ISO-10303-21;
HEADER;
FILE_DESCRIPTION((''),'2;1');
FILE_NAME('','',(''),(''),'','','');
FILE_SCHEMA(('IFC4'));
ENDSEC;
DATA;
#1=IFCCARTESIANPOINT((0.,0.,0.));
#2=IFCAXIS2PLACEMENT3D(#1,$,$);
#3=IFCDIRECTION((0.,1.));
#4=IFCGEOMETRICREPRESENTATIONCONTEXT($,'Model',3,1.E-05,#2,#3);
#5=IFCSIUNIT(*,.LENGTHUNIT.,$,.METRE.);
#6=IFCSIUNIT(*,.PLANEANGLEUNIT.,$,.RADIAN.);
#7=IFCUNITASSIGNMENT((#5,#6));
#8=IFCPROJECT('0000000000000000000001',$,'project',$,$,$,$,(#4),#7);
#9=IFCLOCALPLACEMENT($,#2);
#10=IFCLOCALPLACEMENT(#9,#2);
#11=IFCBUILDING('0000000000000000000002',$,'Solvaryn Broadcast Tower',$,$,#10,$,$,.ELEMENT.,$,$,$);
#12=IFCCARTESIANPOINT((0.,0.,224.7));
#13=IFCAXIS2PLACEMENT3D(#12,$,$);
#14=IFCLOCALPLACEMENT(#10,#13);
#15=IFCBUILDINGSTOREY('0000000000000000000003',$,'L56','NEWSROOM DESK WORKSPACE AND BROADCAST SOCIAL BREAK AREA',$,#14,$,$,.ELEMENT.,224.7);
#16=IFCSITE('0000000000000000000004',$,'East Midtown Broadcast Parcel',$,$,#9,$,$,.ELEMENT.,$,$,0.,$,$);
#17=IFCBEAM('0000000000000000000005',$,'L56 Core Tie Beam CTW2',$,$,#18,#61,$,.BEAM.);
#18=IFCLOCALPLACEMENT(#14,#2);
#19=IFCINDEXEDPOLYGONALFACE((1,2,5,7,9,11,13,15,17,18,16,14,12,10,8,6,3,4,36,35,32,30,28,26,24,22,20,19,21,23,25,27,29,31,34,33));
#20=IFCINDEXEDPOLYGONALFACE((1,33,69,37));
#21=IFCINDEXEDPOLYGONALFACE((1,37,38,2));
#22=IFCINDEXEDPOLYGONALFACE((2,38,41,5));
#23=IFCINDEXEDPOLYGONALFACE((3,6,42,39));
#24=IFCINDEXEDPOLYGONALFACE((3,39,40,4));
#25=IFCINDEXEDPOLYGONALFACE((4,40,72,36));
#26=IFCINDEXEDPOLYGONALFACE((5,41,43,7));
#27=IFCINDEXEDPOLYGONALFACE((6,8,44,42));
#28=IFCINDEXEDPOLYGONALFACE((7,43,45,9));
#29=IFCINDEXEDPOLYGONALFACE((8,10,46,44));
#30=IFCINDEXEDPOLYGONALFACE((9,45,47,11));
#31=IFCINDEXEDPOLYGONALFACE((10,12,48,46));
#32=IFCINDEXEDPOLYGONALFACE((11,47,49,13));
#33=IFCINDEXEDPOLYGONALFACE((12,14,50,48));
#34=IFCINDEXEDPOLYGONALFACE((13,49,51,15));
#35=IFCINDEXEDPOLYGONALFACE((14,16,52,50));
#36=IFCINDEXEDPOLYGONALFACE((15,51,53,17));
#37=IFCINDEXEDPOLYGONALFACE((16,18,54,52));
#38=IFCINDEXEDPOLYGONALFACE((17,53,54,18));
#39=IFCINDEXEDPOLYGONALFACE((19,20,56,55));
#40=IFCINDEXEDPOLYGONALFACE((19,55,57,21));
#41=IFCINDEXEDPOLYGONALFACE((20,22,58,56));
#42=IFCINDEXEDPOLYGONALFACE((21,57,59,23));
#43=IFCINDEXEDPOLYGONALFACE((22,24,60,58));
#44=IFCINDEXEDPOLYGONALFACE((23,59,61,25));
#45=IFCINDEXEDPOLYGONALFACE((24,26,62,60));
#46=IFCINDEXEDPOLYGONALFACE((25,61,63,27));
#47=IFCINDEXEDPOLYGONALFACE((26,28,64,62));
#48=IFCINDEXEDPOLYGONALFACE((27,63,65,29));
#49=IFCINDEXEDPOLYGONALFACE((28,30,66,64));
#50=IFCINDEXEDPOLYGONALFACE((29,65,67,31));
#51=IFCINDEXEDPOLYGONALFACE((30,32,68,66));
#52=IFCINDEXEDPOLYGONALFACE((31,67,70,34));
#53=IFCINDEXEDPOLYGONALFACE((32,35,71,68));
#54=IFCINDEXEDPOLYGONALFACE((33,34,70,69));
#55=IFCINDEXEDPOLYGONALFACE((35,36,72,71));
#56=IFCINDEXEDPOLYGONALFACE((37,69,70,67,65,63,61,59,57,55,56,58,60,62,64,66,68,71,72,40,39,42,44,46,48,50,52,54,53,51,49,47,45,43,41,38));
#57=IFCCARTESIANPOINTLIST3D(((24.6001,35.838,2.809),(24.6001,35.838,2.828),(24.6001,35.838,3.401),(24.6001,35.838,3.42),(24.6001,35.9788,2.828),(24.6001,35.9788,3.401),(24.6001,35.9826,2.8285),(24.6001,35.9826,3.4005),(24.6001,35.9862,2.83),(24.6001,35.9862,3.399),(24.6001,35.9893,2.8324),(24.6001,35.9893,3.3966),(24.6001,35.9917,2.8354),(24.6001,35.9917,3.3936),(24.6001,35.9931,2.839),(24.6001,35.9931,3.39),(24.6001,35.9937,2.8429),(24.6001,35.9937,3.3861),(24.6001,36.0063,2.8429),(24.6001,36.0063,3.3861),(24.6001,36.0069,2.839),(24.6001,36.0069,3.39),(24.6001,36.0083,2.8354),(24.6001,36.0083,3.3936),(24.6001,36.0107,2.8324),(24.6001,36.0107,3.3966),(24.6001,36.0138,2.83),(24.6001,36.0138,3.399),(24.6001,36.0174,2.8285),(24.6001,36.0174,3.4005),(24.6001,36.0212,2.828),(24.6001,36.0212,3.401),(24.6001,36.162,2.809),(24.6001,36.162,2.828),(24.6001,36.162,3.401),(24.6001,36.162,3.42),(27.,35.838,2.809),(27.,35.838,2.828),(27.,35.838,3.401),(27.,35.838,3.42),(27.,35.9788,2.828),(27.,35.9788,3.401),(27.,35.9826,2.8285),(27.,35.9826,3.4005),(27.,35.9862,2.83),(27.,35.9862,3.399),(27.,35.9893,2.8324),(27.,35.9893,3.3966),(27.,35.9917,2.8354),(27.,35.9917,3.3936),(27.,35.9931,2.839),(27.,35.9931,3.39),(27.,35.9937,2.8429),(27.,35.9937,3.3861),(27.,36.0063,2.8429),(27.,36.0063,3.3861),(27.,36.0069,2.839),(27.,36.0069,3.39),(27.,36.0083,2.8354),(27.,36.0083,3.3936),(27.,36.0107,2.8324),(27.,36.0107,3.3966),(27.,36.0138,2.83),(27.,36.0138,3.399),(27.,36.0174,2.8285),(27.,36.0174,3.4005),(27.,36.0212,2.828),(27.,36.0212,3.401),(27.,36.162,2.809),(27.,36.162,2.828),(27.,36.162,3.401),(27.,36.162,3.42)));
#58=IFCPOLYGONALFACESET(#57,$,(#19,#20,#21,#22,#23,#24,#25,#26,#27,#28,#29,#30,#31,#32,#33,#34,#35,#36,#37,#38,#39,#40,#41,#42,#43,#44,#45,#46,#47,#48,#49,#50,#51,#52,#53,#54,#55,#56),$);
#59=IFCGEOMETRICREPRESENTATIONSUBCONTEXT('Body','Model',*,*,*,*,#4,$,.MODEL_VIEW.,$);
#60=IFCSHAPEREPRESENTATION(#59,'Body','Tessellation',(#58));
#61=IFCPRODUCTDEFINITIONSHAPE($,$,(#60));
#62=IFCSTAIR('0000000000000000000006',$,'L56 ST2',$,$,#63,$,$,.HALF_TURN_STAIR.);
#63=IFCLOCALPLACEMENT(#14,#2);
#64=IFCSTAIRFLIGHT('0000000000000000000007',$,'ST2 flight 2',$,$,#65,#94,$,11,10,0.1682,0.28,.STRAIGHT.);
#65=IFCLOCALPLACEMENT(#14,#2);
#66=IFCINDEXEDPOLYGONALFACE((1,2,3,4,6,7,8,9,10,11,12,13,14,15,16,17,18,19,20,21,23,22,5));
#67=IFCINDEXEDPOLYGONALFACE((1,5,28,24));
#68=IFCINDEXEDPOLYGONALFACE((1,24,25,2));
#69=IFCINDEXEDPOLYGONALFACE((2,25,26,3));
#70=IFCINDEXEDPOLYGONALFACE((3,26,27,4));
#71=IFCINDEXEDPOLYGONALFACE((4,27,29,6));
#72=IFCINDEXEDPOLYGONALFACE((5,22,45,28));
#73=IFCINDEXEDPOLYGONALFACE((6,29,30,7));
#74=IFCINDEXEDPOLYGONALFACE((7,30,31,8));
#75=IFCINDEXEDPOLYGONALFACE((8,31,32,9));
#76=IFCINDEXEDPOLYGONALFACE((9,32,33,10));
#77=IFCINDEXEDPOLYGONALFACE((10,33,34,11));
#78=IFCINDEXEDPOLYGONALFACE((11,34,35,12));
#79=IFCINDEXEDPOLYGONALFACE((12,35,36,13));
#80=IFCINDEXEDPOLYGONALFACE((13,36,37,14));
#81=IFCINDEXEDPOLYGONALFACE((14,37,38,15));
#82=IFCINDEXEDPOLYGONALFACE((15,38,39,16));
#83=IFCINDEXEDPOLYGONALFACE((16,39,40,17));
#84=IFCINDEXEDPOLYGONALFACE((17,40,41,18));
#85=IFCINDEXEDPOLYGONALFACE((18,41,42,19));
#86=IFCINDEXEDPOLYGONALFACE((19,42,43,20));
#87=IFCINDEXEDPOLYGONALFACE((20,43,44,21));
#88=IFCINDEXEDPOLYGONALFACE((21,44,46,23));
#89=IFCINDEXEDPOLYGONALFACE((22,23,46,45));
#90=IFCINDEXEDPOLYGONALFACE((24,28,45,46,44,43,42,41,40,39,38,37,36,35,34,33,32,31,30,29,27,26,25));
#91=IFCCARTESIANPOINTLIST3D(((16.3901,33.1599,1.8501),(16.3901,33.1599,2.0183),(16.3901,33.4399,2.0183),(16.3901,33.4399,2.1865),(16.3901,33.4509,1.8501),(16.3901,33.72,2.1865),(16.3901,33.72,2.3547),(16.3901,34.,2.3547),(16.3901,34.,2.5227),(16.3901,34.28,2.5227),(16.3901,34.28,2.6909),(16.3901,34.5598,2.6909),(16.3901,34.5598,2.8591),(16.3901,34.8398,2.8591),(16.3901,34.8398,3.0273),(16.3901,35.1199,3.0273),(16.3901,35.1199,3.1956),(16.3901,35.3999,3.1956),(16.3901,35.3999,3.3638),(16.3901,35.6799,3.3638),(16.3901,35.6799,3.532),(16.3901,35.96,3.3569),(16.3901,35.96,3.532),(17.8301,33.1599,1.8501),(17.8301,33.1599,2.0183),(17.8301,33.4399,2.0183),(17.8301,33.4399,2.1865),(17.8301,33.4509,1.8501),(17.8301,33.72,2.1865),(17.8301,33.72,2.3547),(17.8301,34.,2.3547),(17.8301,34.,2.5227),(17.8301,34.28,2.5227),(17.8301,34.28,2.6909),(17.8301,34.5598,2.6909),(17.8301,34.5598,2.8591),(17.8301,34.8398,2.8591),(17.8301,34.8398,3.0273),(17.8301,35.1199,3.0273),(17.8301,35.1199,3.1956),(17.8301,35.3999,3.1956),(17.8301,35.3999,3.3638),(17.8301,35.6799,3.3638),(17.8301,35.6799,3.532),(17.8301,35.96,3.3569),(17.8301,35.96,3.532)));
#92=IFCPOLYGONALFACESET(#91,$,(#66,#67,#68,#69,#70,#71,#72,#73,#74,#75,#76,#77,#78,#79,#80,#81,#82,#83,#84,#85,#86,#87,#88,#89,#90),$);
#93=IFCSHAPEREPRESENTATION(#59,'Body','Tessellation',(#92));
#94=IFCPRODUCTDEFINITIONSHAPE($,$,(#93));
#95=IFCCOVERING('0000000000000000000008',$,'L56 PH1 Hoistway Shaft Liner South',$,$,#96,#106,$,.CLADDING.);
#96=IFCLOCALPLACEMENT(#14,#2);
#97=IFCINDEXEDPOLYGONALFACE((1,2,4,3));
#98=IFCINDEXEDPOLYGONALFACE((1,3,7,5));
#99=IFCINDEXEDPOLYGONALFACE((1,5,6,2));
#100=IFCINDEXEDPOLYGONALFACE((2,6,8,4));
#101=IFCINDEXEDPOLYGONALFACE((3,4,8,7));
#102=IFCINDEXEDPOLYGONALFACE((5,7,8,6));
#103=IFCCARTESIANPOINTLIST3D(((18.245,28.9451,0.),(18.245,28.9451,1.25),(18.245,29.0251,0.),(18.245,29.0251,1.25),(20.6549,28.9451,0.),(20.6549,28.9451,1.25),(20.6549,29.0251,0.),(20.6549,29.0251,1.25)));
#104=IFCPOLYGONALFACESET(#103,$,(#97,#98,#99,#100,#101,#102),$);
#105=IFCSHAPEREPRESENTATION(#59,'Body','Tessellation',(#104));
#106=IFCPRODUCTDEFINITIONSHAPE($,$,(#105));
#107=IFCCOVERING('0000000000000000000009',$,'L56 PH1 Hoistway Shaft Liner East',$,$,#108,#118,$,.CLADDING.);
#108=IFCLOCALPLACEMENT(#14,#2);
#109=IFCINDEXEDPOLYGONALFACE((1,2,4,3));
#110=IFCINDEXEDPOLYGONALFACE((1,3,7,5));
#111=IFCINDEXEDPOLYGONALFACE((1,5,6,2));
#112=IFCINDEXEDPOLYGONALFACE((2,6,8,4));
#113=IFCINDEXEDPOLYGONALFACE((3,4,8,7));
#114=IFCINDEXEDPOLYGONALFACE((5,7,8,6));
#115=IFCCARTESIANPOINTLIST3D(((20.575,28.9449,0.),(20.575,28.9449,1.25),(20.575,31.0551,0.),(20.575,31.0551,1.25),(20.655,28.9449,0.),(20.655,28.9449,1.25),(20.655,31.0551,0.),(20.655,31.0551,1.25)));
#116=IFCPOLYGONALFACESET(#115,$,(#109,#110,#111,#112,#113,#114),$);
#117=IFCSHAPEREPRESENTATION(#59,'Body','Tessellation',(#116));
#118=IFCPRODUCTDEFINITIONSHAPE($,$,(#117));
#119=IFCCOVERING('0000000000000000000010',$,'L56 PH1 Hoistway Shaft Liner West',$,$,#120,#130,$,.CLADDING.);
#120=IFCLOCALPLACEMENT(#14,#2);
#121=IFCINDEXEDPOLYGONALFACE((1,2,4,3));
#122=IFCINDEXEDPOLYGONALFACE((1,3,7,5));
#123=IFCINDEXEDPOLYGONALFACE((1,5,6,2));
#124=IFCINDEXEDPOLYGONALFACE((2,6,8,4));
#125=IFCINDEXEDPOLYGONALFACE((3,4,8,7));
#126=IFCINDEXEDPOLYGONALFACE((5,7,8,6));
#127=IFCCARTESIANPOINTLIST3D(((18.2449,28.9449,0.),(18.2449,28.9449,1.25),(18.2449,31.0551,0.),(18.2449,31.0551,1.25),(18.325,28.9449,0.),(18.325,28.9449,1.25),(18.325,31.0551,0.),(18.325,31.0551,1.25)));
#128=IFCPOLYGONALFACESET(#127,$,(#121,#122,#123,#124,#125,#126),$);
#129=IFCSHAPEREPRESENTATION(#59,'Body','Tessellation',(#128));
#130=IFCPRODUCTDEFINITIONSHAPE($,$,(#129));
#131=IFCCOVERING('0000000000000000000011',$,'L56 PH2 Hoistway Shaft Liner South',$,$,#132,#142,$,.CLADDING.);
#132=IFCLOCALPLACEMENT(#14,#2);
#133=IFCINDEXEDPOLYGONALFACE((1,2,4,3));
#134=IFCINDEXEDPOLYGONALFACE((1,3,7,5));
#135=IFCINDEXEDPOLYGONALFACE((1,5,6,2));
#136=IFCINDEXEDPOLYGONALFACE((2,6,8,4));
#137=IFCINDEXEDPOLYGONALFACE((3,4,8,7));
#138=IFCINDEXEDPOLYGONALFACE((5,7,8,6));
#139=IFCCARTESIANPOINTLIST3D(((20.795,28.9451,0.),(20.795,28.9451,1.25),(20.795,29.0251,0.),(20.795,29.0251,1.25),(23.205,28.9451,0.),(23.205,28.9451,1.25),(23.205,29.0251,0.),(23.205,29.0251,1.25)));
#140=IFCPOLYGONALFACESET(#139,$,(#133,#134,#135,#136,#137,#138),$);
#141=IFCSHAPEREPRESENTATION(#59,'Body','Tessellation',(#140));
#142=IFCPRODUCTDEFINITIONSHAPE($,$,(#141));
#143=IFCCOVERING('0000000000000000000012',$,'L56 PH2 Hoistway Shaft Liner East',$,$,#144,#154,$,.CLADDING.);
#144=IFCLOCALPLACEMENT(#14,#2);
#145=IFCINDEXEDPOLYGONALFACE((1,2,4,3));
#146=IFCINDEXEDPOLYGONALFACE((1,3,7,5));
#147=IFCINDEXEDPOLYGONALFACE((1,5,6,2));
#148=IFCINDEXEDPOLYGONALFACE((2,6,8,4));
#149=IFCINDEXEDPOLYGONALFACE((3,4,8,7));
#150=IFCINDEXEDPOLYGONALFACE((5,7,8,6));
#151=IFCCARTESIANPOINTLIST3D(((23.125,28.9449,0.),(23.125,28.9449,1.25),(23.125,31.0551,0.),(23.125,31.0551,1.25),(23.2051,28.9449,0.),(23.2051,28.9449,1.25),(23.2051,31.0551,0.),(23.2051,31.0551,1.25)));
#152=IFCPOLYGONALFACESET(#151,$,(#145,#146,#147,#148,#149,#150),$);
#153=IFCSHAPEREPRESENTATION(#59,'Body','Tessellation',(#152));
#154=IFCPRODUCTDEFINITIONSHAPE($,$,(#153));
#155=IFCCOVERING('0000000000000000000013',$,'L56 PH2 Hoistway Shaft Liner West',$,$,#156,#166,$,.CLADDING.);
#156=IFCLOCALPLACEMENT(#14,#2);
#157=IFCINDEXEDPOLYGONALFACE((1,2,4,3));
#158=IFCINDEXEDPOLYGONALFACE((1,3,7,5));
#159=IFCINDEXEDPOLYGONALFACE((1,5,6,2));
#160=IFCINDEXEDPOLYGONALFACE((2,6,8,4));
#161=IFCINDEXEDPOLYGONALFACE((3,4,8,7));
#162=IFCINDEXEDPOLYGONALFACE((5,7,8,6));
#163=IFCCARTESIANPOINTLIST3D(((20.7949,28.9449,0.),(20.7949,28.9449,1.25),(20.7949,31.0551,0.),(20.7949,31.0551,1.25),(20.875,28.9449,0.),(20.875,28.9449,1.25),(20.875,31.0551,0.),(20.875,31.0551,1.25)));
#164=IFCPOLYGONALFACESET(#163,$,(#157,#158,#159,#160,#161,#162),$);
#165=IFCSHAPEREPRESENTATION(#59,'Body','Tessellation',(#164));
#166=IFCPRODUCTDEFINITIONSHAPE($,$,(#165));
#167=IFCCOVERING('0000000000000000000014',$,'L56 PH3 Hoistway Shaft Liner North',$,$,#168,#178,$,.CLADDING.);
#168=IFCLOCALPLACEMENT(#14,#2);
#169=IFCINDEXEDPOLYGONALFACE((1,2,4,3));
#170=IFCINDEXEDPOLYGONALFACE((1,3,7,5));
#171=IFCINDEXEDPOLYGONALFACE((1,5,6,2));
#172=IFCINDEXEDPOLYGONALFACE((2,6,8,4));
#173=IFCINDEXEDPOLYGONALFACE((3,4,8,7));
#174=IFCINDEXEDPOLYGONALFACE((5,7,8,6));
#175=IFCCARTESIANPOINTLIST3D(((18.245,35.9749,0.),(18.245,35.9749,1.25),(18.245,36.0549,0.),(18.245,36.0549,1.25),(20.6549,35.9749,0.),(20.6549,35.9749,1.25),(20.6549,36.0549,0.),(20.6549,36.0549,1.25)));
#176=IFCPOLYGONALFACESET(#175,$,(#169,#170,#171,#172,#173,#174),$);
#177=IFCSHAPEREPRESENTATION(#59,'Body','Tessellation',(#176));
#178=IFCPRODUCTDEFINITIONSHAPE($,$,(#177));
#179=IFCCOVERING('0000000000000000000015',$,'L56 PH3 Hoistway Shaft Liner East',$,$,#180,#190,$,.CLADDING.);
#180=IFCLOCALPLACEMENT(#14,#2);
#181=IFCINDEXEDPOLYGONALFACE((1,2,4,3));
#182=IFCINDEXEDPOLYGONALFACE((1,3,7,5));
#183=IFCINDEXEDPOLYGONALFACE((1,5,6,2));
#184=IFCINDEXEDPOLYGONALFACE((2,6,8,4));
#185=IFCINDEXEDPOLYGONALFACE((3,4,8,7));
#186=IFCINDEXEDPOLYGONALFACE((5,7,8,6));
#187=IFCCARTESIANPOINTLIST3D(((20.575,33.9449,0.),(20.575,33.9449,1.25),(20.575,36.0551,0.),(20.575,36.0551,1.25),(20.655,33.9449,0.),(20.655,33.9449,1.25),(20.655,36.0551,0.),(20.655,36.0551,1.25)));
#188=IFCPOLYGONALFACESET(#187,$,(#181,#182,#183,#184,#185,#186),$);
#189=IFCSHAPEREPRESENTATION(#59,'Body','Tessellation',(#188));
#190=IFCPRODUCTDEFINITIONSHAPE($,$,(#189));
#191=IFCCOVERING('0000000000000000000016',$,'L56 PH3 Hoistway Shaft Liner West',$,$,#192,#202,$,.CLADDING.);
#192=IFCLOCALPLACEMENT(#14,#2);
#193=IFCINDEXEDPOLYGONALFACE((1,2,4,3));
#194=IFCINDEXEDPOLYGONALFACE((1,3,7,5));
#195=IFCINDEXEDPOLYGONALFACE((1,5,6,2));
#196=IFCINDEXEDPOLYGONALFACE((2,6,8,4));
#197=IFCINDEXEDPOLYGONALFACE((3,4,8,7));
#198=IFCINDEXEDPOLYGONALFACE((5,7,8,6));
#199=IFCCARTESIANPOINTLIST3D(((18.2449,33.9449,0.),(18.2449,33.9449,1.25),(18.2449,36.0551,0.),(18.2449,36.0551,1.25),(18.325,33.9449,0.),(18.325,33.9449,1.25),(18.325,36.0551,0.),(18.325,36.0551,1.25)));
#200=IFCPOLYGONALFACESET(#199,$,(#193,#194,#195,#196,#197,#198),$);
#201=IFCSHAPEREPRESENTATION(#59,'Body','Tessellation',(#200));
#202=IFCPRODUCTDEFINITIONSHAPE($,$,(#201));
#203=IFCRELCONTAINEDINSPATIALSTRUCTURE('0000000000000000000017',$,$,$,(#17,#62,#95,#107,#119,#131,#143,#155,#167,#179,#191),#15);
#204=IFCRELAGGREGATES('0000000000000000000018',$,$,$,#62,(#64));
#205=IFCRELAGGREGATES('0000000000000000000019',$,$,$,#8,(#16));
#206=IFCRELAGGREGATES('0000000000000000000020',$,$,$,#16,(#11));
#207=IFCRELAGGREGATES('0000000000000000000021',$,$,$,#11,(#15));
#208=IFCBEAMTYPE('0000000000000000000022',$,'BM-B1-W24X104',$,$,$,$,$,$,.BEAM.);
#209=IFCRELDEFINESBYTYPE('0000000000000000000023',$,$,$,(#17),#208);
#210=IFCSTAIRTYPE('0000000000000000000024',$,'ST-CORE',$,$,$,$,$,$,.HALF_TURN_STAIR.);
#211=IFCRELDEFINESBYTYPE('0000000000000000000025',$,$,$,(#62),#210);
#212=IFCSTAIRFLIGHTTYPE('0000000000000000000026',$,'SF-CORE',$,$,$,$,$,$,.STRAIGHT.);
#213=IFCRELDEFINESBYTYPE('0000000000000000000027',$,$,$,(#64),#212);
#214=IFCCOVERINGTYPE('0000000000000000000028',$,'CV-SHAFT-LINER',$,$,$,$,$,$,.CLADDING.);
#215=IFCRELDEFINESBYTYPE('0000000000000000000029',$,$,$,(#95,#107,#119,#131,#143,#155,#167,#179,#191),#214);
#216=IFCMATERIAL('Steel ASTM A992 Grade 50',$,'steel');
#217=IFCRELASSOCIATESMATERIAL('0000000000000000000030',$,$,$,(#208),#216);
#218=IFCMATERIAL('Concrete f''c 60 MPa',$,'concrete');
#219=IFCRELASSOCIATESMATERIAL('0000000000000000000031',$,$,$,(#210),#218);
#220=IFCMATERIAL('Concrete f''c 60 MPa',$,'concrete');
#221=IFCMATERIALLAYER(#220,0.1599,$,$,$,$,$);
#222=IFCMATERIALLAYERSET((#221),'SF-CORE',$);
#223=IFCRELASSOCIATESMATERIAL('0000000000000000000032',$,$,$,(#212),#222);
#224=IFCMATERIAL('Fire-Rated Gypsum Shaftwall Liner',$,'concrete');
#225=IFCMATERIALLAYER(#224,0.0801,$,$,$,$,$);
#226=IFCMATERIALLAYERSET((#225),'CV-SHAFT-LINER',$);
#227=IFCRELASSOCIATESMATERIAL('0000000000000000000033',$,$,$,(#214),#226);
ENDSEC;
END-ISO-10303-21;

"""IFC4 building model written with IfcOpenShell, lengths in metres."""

from ifc_helpers import new_model, si_unit, direction, frame, origin, origin_2d, place, context, subcontext, project, spatial, polyline, rectangle, i_section, outline, extrude, material, layer, layer_set, material_profile, profile_set, type_object, element, aggregate, save


model = new_model("IFC4")

# Units and contexts
model_context = context("Model", 3, precision=1e-05, world=origin(), true_north=direction((0.0, 1.0)))
body_context = subcontext(model_context, "Body", "Model", "MODEL_VIEW")
ifc_project = project(units=[si_unit("LENGTHUNIT", "METRE"), si_unit("PLANEANGLEUNIT", "RADIAN")], contexts=[model_context])

# Site, building, storey
site_placement = place(None, origin())
site = spatial("IfcSite", under=ifc_project, at=site_placement, Name="East Midtown Broadcast Parcel", CompositionType="ELEMENT", RefElevation=0.0)
building_placement = place(site_placement, origin())
building = spatial("IfcBuilding", under=site, at=building_placement, Name="Solvaryn Broadcast Tower", CompositionType="ELEMENT")
storey_placement = place(building_placement, frame((0.0, 0.0, 224.7)))
storey = spatial("IfcBuildingStorey", under=building, at=storey_placement, Name="L56", Description="NEWSROOM DESK WORKSPACE AND BROADCAST SOCIAL BREAK AREA", CompositionType="ELEMENT", Elevation=224.7)

# Beam
ifc_material_1 = material(Name="Steel ASTM A992 Grade 50", Category="steel")
ifc_material_profile = material_profile(ifc_material_1, i_section(OverallWidth=0.324, OverallDepth=0.6111, WebThickness=0.0127, FlangeThickness=0.019, FilletRadius=0.0149, at=origin_2d()))
ifc_profile_set = profile_set([ifc_material_profile], Name="Steel ASTM A992 Grade 50")
beam_type = type_object("IfcBeamType", Name="BM-B1-W24X104", PredefinedType="BEAM", material=ifc_profile_set)
beam_placement = place(storey_placement, frame((24.6001, 36.0, 3.1145), z_axis=(1.0, 0.0, 0.0), x_axis=(0.0, 1.0, 0.0)))
element("IfcBeam", 1, at=beam_placement, inside=storey, type_object=beam_type, Name="L56 Core Tie Beam CTW2", PredefinedType="BEAM", context=body_context, shape_type="SweptSolid", body=[
    extrude(i_section(OverallWidth=0.324, OverallDepth=0.6111, WebThickness=0.0127, FlangeThickness=0.019, FilletRadius=0.0149, at=origin_2d()), origin(), (0.0, 0.0, 1.0), 2.3999),
])

# Stair, stair flight
ifc_material_2 = material(Name="Concrete f'c 60 MPa", Category="concrete")
stair_type = type_object("IfcStairType", Name="ST-CORE", PredefinedType="HALF_TURN_STAIR", material=ifc_material_2)
stair_placement = place(storey_placement, origin())
stair = element("IfcStair", 2, at=stair_placement, inside=storey, type_object=stair_type, Name="L56 ST2", PredefinedType="HALF_TURN_STAIR")
ifc_material_3 = material(Name="Concrete f'c 60 MPa", Category="concrete")
ifc_layer_1 = layer(ifc_material_3, 0.1599)
ifc_layer_set_1 = layer_set([ifc_layer_1], Name="SF-CORE")
stair_flight_type = type_object("IfcStairFlightType", Name="SF-CORE", PredefinedType="STRAIGHT", material=ifc_layer_set_1)
stair_flight_placement = place(storey_placement, frame((17.1101, 33.1599, 1.8501), z_axis=(0.0, 0.0, 1.0), x_axis=(0.0, 1.0, 0.0)))
stair_flight = element("IfcStairFlight", 3, at=stair_flight_placement, type_object=stair_flight_type, Name="ST2 flight 2", NumberOfRisers=11, NumberOfTreads=10, PredefinedType="STRAIGHT", RiserHeight=0.1682, TreadLength=0.28, context=body_context, shape_type="SweptSolid", body=[
    extrude(outline(polyline([(0.0, 0.0), (0.0, 0.1682), (0.28, 0.1682), (0.28, 0.3364), (0.5601, 0.3364), (0.5601, 0.5046), (0.8401, 0.5046), (0.8401, 0.6726), (1.1201, 0.6726), (1.1201, 0.8408), (1.3999, 0.8408), (1.3999, 1.009), (1.6799, 1.009), (1.6799, 1.1772), (1.96, 1.1772), (1.96, 1.3455), (2.24, 1.3455), (2.24, 1.5137), (2.52, 1.5137), (2.52, 1.6819), (2.8, 1.6819), (2.8, 1.8501), (2.8, 1.5068), (0.291, 0.0), (0.0, 0.0)])), frame((0.0, 0.72, 0.0), z_axis=(0.0, -1.0, 0.0), x_axis=(1.0, 0.0, 0.0)), (0.0, 0.0, 1.0), 1.4399),
])
aggregate(stair, [stair_flight])

# Coverings
ifc_material_4 = material(Name="Fire-Rated Gypsum Shaftwall Liner", Category="concrete")
ifc_layer_2 = layer(ifc_material_4, 0.0801)
ifc_layer_set_2 = layer_set([ifc_layer_2], Name="CV-SHAFT-LINER")
covering_type = type_object("IfcCoveringType", Name="CV-SHAFT-LINER", PredefinedType="CLADDING", material=ifc_layer_set_2)
covering_1_placement = place(storey_placement, frame((19.45, 28.9851, 0.0), z_axis=(0.0, 0.0, 1.0), x_axis=(1.0, 0.0, 0.0)))
element("IfcCovering", 4, at=covering_1_placement, inside=storey, type_object=covering_type, Name="L56 PH1 Hoistway Shaft Liner South", PredefinedType="CLADDING", context=body_context, shape_type="SweptSolid", body=[
    extrude(rectangle(XDim=2.4099, YDim=0.0801, at=origin_2d()), origin(), (0.0, 0.0, 1.0), 1.25),
])
for number, where, z_axis, x_axis, name in (
    (5, (20.615, 30.0, 0.0), (0.0, 0.0, 1.0), (1.0, 0.0, 0.0), "L56 PH1 Hoistway Shaft Liner East"),
    (6, (18.2849, 30.0, 0.0), (0.0, 0.0, 1.0), (1.0, 0.0, 0.0), "L56 PH1 Hoistway Shaft Liner West"),
):
    element("IfcCovering", number, at=place(storey_placement, frame(where, z_axis=z_axis, x_axis=x_axis)), inside=storey, type_object=covering_type, Name=name, PredefinedType="CLADDING", context=body_context, shape_type="SweptSolid", body=[
        extrude(rectangle(XDim=0.0801, YDim=2.1101, at=origin_2d()), origin(), (0.0, 0.0, 1.0), 1.25),
    ])
covering_2_placement = place(storey_placement, frame((22.0, 28.9851, 0.0), z_axis=(0.0, 0.0, 1.0), x_axis=(1.0, 0.0, 0.0)))
element("IfcCovering", 7, at=covering_2_placement, inside=storey, type_object=covering_type, Name="L56 PH2 Hoistway Shaft Liner South", PredefinedType="CLADDING", context=body_context, shape_type="SweptSolid", body=[
    extrude(rectangle(XDim=2.4099, YDim=0.0801, at=origin_2d()), origin(), (0.0, 0.0, 1.0), 1.25),
])
for number, where, z_axis, x_axis, name in (
    (8, (23.165, 30.0, 0.0), (0.0, 0.0, 1.0), (1.0, 0.0, 0.0), "L56 PH2 Hoistway Shaft Liner East"),
    (9, (20.835, 30.0, 0.0), (0.0, 0.0, 1.0), (1.0, 0.0, 0.0), "L56 PH2 Hoistway Shaft Liner West"),
):
    element("IfcCovering", number, at=place(storey_placement, frame(where, z_axis=z_axis, x_axis=x_axis)), inside=storey, type_object=covering_type, Name=name, PredefinedType="CLADDING", context=body_context, shape_type="SweptSolid", body=[
        extrude(rectangle(XDim=0.0801, YDim=2.1101, at=origin_2d()), origin(), (0.0, 0.0, 1.0), 1.25),
    ])
covering_3_placement = place(storey_placement, frame((19.45, 36.0149, 0.0), z_axis=(0.0, 0.0, 1.0), x_axis=(1.0, 0.0, 0.0)))
element("IfcCovering", 10, at=covering_3_placement, inside=storey, type_object=covering_type, Name="L56 PH3 Hoistway Shaft Liner North", PredefinedType="CLADDING", context=body_context, shape_type="SweptSolid", body=[
    extrude(rectangle(XDim=2.4099, YDim=0.0801, at=origin_2d()), origin(), (0.0, 0.0, 1.0), 1.25),
])
for number, where, z_axis, x_axis, name in (
    (11, (20.615, 35.0, 0.0), (0.0, 0.0, 1.0), (1.0, 0.0, 0.0), "L56 PH3 Hoistway Shaft Liner East"),
    (12, (18.2849, 35.0, 0.0), (0.0, 0.0, 1.0), (1.0, 0.0, 0.0), "L56 PH3 Hoistway Shaft Liner West"),
):
    element("IfcCovering", number, at=place(storey_placement, frame(where, z_axis=z_axis, x_axis=x_axis)), inside=storey, type_object=covering_type, Name=name, PredefinedType="CLADDING", context=body_context, shape_type="SweptSolid", body=[
        extrude(rectangle(XDim=0.0801, YDim=2.1101, at=origin_2d()), origin(), (0.0, 0.0, 1.0), 1.25),
    ])

save(model, "model.ifc")
